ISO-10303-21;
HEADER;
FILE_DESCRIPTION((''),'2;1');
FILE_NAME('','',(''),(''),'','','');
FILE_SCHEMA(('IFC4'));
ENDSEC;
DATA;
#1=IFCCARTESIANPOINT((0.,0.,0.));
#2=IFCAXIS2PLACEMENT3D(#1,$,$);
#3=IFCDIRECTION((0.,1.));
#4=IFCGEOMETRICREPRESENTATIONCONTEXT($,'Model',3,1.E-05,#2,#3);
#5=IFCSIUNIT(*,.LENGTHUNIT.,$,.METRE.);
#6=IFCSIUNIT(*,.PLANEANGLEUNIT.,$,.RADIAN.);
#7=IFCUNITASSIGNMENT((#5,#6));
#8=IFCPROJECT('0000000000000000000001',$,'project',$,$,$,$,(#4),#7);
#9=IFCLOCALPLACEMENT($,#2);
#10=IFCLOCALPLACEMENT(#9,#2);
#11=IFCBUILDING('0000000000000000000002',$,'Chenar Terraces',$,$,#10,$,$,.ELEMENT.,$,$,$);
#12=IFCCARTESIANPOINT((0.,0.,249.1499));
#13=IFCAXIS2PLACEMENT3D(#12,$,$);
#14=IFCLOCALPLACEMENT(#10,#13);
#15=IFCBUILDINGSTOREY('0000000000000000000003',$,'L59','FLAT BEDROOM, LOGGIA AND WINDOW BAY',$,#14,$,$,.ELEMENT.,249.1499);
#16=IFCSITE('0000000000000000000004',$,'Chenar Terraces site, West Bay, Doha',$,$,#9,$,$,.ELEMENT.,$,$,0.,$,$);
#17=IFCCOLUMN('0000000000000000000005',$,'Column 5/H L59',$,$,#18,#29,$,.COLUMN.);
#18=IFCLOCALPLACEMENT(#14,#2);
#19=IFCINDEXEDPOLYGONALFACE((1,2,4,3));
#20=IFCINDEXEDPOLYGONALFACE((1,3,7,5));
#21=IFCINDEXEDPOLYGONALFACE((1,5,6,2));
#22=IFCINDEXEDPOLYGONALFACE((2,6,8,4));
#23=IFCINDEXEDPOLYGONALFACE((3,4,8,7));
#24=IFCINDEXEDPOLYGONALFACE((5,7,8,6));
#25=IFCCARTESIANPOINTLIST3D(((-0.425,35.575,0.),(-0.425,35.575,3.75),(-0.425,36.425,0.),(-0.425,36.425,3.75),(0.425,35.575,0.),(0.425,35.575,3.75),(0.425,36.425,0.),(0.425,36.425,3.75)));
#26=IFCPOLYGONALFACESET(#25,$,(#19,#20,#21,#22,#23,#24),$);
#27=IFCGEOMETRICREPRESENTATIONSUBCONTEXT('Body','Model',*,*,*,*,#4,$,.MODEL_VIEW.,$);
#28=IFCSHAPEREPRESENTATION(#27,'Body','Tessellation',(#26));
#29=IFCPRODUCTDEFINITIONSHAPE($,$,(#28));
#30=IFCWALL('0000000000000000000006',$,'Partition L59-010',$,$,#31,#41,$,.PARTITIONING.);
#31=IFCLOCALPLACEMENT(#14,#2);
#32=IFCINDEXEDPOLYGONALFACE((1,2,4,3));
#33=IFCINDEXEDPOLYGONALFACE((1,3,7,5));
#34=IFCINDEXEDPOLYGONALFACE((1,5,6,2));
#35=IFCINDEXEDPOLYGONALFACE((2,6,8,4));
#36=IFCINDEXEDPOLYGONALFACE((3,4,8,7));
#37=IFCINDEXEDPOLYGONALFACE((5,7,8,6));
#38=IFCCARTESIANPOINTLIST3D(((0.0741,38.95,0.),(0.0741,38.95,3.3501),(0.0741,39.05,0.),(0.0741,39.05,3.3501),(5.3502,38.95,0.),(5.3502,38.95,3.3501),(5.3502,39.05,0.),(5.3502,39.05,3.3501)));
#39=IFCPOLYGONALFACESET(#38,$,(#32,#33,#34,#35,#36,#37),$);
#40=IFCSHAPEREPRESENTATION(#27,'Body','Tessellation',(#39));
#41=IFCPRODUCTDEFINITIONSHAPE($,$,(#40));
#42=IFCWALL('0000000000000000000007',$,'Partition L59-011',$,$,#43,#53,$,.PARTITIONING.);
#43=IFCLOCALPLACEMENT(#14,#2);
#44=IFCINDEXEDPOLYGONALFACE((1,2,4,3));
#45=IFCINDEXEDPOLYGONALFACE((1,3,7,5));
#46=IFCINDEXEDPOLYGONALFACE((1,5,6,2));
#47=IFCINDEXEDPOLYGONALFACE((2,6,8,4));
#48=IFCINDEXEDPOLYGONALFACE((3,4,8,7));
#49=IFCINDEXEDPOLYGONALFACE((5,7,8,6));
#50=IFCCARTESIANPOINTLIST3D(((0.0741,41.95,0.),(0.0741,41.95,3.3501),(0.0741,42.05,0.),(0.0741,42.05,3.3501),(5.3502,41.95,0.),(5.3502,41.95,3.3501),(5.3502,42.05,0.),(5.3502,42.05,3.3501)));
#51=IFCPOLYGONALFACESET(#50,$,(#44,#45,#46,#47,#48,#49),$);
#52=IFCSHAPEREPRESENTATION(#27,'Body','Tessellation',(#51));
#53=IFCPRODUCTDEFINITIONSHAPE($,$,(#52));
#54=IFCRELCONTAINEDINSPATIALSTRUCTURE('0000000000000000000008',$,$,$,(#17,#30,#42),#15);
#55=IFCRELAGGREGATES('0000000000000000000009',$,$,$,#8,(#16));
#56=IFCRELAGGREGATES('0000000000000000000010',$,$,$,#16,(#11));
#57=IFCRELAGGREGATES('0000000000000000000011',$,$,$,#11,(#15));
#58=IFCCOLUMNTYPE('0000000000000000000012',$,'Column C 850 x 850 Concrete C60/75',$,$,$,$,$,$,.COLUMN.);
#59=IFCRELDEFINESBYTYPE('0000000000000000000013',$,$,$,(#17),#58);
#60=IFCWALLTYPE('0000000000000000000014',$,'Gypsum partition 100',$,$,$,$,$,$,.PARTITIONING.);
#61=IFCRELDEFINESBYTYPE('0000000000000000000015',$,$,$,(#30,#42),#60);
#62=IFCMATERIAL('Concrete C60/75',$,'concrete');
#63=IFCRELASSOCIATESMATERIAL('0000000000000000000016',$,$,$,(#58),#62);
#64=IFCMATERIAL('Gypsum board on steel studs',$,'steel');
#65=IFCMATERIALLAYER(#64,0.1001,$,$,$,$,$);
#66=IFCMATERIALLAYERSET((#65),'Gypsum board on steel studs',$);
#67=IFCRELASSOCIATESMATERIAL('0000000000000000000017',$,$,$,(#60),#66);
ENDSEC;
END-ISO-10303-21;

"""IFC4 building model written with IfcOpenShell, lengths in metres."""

from ifc_helpers import new_model, si_unit, direction, frame, frame_2d, origin, origin_2d, place, context, subcontext, project, spatial, rectangle, extrude, material, layer, layer_set, material_profile, profile_set, type_object, element, save


model = new_model("IFC4")

# Units and contexts
model_context = context("Model", 3, precision=1e-05, world=origin(), true_north=direction((0.0, 1.0)))
body_context = subcontext(model_context, "Body", "Model", "MODEL_VIEW")
ifc_project = project(units=[si_unit("LENGTHUNIT", "METRE"), si_unit("PLANEANGLEUNIT", "RADIAN")], contexts=[model_context])

# Site, building, storey
site_placement = place(None, origin())
site = spatial("IfcSite", under=ifc_project, at=site_placement, Name="Chenar Terraces site, West Bay, Doha", CompositionType="ELEMENT", RefElevation=0.0)
building_placement = place(site_placement, origin())
building = spatial("IfcBuilding", under=site, at=building_placement, Name="Chenar Terraces", CompositionType="ELEMENT")
storey_placement = place(building_placement, frame((0.0, 0.0, 249.1499)))
storey = spatial("IfcBuildingStorey", under=building, at=storey_placement, Name="L59", Description="FLAT BEDROOM, LOGGIA AND WINDOW BAY", CompositionType="ELEMENT", Elevation=249.1499)

# Column
ifc_material_1 = material(Name="Concrete C60/75", Category="concrete")
ifc_material_profile = material_profile(ifc_material_1, rectangle(XDim=0.8501, YDim=0.8501, at=origin_2d()), Name="C 850 x 850")
ifc_profile_set = profile_set([ifc_material_profile], Name="Concrete C60/75")
column_type = type_object("IfcColumnType", Name="Column C 850 x 850 Concrete C60/75", PredefinedType="COLUMN", material=ifc_profile_set)
placement = place(storey_placement, frame((0.0, 36.0, 0.0), z_axis=(0.0, 0.0, 1.0), x_axis=(1.0, 0.0, 0.0)))
element("IfcColumn", 1, at=placement, inside=storey, type_object=column_type, Name="Column 5/H L59", PredefinedType="COLUMN", context=body_context, shape_type="SweptSolid", body=[
    extrude(rectangle(XDim=0.8501, YDim=0.8501, at=origin_2d()), origin(), (0.0, 0.0, 1.0), 3.75),
])

# Walls
ifc_material_2 = material(Name="Gypsum board on steel studs", Category="steel")
ifc_layer_1 = layer(ifc_material_2, 0.1001)
ifc_layer_set_1 = layer_set([ifc_layer_1], Name="Gypsum board on steel studs")
wall_type_1 = type_object("IfcWallType", Name="Gypsum partition 100", PredefinedType="PARTITIONING", material=ifc_layer_set_1)
for number, where, z_axis, x_axis, name in (
    (2, (0.074, 39.0, 0.0), (0.0, 0.0, 1.0), (1.0, 0.0, 0.0), "Partition L59-010"),
    (3, (0.074, 42.0, 0.0), (0.0, 0.0, 1.0), (1.0, 0.0, 0.0), "Partition L59-011"),
):
    element("IfcWall", number, at=place(storey_placement, frame(where, z_axis=z_axis, x_axis=x_axis)), inside=storey, type_object=wall_type_1, Name=name, PredefinedType="PARTITIONING", context=body_context, shape_type="SweptSolid", body=[
        extrude(rectangle(XDim=5.2761, YDim=0.1001, at=frame_2d((2.6382, 0.0))), origin(), (0.0, 0.0, 1.0), 3.3501),
    ])

save(model, "model.ifc")
